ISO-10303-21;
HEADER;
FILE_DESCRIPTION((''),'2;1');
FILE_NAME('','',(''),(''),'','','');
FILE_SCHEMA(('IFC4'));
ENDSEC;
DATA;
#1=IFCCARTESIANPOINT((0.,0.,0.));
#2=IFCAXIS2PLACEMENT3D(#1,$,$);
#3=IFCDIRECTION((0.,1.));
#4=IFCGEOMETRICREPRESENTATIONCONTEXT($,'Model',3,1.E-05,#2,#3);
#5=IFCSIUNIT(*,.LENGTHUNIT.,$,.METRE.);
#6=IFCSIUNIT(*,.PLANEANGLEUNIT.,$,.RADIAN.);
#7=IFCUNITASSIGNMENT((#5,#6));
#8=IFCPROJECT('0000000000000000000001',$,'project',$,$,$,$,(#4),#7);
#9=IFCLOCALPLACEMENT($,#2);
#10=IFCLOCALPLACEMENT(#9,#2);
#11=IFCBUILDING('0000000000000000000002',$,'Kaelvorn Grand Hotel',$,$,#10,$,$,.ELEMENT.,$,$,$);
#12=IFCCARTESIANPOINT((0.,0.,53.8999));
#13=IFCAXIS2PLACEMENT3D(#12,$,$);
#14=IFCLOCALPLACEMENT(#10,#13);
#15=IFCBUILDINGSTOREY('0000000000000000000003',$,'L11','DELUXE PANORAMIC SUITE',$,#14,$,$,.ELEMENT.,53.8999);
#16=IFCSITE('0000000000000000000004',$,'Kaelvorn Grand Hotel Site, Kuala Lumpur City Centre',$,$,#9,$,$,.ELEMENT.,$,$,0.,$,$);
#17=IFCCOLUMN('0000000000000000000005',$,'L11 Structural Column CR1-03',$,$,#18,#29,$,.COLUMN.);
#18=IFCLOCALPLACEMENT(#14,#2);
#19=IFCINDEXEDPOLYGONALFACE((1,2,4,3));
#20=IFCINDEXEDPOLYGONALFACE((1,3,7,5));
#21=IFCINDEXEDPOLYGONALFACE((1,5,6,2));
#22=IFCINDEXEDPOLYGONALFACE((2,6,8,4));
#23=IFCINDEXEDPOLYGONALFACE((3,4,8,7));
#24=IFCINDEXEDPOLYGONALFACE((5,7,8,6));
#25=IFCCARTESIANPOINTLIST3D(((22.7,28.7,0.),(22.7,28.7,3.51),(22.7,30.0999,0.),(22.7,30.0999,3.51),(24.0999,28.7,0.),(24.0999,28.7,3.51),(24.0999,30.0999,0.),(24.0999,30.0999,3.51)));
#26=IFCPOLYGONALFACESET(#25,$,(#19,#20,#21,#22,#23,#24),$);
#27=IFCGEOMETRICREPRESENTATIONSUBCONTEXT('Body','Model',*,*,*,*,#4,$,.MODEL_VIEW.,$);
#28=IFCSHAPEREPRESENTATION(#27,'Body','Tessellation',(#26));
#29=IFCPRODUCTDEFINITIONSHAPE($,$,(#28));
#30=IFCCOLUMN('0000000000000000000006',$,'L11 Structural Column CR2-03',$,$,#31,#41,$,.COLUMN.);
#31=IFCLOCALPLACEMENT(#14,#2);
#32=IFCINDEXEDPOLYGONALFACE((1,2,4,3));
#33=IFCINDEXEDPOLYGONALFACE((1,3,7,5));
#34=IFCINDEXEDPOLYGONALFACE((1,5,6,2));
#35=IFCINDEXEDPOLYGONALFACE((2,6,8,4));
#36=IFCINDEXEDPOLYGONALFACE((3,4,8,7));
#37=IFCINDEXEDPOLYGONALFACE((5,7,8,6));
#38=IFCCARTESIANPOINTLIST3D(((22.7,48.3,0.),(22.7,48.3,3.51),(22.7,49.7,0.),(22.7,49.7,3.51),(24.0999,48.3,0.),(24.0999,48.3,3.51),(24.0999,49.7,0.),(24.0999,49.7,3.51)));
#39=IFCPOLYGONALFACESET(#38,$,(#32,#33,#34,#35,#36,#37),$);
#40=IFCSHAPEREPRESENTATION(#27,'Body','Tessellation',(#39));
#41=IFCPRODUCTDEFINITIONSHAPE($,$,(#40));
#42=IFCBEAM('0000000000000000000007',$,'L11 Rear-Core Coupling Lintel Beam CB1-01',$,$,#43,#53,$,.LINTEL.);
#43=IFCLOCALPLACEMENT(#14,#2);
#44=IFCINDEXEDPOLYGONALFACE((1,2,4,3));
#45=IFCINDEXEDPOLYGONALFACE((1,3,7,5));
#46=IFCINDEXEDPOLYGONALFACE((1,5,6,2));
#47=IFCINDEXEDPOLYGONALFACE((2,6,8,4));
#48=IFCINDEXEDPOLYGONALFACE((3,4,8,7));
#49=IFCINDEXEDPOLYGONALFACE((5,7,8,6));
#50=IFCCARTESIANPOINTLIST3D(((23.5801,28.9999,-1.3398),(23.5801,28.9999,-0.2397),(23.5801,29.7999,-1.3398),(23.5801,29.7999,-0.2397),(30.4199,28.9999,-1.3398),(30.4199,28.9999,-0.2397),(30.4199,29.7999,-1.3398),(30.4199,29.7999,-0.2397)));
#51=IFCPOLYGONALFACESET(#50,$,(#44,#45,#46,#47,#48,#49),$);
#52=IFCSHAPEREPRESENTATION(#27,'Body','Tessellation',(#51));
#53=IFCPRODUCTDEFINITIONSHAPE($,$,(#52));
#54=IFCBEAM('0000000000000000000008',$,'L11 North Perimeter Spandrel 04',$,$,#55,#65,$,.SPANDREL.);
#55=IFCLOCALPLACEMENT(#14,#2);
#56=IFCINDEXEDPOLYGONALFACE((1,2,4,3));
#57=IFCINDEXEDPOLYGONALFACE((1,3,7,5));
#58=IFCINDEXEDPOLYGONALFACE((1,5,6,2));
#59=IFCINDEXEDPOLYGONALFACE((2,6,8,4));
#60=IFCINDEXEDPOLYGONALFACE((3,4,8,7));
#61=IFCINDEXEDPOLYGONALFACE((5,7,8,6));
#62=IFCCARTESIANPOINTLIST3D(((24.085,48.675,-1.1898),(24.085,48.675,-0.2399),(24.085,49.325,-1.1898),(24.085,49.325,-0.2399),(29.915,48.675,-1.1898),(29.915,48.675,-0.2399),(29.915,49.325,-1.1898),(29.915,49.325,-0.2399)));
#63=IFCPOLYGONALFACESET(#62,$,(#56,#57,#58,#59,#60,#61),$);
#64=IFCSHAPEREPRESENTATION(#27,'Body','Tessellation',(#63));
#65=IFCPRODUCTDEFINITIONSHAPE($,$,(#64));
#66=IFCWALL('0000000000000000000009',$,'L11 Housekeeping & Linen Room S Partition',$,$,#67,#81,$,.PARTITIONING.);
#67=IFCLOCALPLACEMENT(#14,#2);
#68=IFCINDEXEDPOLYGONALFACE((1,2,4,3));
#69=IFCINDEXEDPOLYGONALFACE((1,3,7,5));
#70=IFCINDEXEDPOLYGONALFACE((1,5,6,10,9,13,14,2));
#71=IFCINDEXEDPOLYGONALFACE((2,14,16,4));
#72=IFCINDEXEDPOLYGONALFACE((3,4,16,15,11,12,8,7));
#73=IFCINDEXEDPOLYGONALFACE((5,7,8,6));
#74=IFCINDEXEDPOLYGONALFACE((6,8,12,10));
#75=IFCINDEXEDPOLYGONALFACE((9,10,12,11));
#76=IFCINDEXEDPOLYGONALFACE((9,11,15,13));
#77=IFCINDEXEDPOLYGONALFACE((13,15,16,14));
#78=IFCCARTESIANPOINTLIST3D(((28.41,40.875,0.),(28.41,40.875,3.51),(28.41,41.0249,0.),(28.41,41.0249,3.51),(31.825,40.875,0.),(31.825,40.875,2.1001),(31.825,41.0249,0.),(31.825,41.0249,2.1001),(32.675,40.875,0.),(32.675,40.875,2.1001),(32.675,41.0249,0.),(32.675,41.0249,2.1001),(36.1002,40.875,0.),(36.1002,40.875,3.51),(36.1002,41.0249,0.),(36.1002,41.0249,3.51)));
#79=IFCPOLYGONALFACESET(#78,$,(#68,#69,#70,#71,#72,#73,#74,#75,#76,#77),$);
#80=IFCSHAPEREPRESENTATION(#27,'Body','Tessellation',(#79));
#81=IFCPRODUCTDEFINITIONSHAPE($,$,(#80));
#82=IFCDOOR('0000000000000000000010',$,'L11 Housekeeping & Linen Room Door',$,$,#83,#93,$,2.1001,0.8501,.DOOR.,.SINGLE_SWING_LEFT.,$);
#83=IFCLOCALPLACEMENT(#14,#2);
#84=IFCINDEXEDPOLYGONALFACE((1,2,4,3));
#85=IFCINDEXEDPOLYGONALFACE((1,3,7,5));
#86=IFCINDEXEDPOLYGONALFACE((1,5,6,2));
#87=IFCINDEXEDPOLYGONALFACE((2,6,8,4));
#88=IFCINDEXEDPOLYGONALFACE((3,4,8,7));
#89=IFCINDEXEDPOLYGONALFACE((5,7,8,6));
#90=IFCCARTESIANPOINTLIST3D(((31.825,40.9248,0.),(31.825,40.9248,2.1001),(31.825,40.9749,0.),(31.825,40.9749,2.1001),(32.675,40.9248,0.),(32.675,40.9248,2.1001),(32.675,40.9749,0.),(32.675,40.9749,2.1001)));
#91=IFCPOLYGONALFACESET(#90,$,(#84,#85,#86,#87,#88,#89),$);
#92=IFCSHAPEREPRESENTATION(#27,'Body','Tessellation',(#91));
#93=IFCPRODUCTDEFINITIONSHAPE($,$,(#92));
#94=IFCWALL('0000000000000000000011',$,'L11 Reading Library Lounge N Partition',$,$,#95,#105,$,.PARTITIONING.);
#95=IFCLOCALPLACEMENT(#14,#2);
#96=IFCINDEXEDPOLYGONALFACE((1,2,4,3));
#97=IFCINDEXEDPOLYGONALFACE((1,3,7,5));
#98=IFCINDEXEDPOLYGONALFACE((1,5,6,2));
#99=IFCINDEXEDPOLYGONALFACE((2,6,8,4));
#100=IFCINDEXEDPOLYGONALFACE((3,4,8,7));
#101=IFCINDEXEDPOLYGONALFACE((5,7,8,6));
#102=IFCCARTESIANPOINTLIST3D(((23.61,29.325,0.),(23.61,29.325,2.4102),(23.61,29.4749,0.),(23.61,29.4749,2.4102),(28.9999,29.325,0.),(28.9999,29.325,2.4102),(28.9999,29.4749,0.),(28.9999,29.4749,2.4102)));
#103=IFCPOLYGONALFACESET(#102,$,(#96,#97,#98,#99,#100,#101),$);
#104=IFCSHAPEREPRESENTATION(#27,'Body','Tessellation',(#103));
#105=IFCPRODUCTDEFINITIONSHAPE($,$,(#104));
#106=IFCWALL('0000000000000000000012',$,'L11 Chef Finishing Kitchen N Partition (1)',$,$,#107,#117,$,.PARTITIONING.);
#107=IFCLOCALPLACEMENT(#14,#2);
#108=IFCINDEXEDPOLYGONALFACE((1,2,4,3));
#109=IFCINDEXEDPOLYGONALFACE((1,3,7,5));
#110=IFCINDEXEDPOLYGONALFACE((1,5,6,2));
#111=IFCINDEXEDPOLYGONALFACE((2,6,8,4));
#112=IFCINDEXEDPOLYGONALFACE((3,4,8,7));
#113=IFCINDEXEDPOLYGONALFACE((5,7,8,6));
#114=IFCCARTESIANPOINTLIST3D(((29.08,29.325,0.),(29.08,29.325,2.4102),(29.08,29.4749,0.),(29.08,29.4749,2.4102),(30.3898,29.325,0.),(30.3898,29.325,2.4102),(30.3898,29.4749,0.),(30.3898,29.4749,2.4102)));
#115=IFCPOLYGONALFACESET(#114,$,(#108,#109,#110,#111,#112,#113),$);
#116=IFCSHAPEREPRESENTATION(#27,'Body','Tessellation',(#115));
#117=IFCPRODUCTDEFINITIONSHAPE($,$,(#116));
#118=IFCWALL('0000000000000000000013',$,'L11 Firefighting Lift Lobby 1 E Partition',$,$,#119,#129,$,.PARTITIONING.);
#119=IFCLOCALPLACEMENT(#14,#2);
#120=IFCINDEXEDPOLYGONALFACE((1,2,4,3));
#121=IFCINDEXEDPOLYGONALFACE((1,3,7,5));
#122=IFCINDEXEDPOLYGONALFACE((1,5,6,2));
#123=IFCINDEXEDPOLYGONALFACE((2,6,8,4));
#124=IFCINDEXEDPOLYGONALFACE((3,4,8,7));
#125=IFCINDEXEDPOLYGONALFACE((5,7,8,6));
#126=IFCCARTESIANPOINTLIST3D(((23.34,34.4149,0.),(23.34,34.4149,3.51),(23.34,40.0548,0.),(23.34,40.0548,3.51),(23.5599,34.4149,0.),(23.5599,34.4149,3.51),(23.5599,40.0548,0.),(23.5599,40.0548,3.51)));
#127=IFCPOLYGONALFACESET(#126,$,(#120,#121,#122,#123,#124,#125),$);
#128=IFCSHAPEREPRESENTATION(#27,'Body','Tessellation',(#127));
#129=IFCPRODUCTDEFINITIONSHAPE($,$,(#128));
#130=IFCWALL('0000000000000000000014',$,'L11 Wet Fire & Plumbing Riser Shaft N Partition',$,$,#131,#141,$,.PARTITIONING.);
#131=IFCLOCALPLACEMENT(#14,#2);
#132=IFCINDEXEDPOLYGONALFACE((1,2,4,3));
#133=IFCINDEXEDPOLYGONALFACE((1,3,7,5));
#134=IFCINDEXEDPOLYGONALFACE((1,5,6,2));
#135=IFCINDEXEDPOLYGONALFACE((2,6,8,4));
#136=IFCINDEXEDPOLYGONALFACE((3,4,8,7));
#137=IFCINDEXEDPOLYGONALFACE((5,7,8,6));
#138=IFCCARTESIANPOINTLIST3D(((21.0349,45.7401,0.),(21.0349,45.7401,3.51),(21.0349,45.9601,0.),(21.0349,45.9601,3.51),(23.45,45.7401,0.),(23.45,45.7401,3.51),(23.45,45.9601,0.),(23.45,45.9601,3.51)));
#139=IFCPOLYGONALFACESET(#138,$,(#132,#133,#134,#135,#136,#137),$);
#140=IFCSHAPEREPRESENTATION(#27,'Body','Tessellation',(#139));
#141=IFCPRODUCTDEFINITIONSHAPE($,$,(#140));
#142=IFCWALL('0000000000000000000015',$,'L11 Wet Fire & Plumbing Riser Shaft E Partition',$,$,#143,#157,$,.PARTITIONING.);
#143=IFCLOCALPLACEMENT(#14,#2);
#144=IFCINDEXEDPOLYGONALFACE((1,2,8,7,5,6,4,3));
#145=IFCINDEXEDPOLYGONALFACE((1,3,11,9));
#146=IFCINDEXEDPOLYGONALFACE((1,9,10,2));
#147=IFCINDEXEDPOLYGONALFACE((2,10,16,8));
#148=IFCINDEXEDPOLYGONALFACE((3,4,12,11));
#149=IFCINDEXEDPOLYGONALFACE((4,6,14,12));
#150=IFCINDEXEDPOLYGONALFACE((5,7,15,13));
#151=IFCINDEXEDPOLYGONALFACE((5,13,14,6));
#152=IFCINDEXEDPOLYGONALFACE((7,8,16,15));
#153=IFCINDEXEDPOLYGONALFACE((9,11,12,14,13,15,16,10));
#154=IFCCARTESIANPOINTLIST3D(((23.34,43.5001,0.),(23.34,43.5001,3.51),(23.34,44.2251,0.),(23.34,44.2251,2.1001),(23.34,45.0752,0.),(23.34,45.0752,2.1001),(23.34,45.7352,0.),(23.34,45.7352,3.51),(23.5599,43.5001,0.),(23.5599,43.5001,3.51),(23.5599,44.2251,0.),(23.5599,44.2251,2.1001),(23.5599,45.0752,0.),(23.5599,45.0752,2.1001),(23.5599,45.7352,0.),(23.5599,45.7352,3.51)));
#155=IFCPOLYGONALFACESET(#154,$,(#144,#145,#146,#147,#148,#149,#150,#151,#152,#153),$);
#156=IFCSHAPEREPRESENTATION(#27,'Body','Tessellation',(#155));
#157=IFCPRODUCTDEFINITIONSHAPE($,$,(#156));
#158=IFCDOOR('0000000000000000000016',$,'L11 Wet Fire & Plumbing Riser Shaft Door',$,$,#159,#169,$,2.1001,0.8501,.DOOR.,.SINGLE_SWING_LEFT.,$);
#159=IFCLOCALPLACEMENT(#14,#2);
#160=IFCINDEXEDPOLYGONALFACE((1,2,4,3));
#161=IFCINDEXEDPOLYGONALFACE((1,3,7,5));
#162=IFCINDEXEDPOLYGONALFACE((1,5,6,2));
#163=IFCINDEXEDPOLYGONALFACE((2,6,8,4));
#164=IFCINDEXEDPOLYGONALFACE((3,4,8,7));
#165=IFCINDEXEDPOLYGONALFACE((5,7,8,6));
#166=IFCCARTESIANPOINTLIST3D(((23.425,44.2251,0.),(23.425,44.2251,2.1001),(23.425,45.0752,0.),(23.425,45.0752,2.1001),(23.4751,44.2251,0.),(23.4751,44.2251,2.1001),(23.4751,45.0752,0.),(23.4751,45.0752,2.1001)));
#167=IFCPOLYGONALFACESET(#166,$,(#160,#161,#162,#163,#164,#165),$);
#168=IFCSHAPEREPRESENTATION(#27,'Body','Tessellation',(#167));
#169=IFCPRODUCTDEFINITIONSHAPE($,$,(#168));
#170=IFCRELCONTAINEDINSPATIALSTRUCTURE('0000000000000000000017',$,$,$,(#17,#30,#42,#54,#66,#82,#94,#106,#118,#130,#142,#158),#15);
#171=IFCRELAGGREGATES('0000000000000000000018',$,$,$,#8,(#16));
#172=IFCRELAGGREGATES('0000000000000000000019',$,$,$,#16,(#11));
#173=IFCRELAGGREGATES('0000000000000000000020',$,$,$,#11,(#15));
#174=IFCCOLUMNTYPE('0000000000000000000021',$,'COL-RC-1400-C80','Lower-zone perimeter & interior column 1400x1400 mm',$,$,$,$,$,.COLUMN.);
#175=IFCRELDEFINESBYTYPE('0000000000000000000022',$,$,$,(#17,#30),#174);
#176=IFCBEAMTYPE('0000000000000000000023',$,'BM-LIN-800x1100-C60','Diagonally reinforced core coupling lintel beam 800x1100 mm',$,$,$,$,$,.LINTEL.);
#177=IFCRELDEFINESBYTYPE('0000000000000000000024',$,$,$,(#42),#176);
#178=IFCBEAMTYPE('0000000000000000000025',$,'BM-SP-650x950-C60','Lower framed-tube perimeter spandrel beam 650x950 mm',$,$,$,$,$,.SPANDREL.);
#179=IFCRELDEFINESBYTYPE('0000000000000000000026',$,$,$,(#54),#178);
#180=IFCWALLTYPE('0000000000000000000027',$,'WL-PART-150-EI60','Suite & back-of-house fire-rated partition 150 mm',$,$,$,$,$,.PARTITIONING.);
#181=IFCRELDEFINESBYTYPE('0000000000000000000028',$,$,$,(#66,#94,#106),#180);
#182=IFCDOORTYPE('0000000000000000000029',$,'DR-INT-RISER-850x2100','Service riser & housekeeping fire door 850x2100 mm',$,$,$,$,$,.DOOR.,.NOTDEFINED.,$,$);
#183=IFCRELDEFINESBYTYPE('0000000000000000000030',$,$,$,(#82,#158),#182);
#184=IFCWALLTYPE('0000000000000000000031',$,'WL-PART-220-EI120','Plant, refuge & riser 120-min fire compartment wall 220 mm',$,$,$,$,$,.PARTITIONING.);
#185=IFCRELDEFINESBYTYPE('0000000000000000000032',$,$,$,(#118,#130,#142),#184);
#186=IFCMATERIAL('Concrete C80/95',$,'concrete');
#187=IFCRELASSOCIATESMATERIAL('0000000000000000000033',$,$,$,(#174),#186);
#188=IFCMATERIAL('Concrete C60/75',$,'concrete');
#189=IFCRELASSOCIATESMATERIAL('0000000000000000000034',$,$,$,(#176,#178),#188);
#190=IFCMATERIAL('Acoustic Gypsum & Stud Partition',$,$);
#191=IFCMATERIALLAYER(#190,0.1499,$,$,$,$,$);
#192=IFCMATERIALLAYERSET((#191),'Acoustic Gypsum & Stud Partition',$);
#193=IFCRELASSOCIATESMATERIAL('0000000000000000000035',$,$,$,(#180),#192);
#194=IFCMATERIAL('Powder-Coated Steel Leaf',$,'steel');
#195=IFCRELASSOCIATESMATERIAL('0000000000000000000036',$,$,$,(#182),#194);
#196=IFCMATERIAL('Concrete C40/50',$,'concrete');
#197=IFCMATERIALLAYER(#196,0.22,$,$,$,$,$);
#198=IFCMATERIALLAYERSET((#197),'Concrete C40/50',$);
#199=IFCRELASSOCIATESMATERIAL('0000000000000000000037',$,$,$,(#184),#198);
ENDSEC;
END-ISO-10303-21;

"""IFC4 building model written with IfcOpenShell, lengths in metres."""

from ifc_helpers import new_model, si_unit, direction, frame, frame_2d, origin, origin_2d, place, context, subcontext, project, spatial, rectangle, extrude, material, layer, layer_set, material_profile, profile_set, type_object, element, fill, save


model = new_model("IFC4")

# Units and contexts
model_context = context("Model", 3, precision=1e-05, world=origin(), true_north=direction((0.0, 1.0)))
body_context = subcontext(model_context, "Body", "Model", "MODEL_VIEW")
ifc_project = project(units=[si_unit("LENGTHUNIT", "METRE"), si_unit("PLANEANGLEUNIT", "RADIAN")], contexts=[model_context])

# Site, building, storey
site_placement = place(None, origin())
site = spatial("IfcSite", under=ifc_project, at=site_placement, Name="Kaelvorn Grand Hotel Site, Kuala Lumpur City Centre", CompositionType="ELEMENT", RefElevation=0.0)
building_placement = place(site_placement, origin())
building = spatial("IfcBuilding", under=site, at=building_placement, Name="Kaelvorn Grand Hotel", CompositionType="ELEMENT")
storey_placement = place(building_placement, frame((0.0, 0.0, 53.8999)))
storey = spatial("IfcBuildingStorey", under=building, at=storey_placement, Name="L11", Description="DELUXE PANORAMIC SUITE", CompositionType="ELEMENT", Elevation=53.8999)

# Columns
ifc_material_1 = material(Name="Concrete C80/95", Category="concrete")
ifc_material_profile_1 = material_profile(ifc_material_1, rectangle(XDim=1.3999, YDim=1.3999, at=origin_2d()), Name="RC COL 1400x1400")
ifc_profile_set_1 = profile_set([ifc_material_profile_1], Name="Concrete C80/95")
column_type = type_object("IfcColumnType", Name="COL-RC-1400-C80", Description="Lower-zone perimeter & interior column 1400x1400 mm", PredefinedType="COLUMN", material=ifc_profile_set_1)
for number, where, z_axis, x_axis, name in (
    (1, (23.3999, 29.3999, 0.0), (0.0, 0.0, 1.0), (1.0, 0.0, 0.0), "L11 Structural Column CR1-03"),
    (2, (23.3999, 49.0, 0.0), (0.0, 0.0, 1.0), (1.0, 0.0, 0.0), "L11 Structural Column CR2-03"),
):
    element("IfcColumn", number, at=place(storey_placement, frame(where, z_axis=z_axis, x_axis=x_axis)), inside=storey, type_object=column_type, Name=name, PredefinedType="COLUMN", context=body_context, shape_type="SweptSolid", body=[
        extrude(rectangle(XDim=1.3999, YDim=1.3999, at=origin_2d()), origin(), (0.0, 0.0, 1.0), 3.51),
    ])

# Beams
ifc_material_2 = material(Name="Concrete C60/75", Category="concrete")
ifc_material_profile_2 = material_profile(ifc_material_2, rectangle(XDim=0.8, YDim=1.1001, at=origin_2d()), Name="RC LINTEL 800x1100")
ifc_profile_set_2 = profile_set([ifc_material_profile_2], Name="Concrete C60/75")
beam_type_1 = type_object("IfcBeamType", Name="BM-LIN-800x1100-C60", Description="Diagonally reinforced core coupling lintel beam 800x1100 mm", PredefinedType="LINTEL", material=ifc_profile_set_2)
beam_1_placement = place(storey_placement, frame((23.5801, 29.3999, -0.7898), z_axis=(1.0, 0.0, 0.0), x_axis=(0.0, 1.0, 0.0)))
element("IfcBeam", 3, at=beam_1_placement, inside=storey, type_object=beam_type_1, Name="L11 Rear-Core Coupling Lintel Beam CB1-01", PredefinedType="LINTEL", context=body_context, shape_type="SweptSolid", body=[
    extrude(rectangle(XDim=0.8, YDim=1.1001, at=origin_2d()), origin(), (0.0, 0.0, 1.0), 6.8398),
])
ifc_material_profile_3 = material_profile(ifc_material_2, rectangle(XDim=0.6499, YDim=0.95, at=origin_2d()), Name="RC SPANDREL 650x950")
ifc_profile_set_3 = profile_set([ifc_material_profile_3], Name="Concrete C60/75")
beam_type_2 = type_object("IfcBeamType", Name="BM-SP-650x950-C60", Description="Lower framed-tube perimeter spandrel beam 650x950 mm", PredefinedType="SPANDREL", material=ifc_profile_set_3)
beam_2_placement = place(storey_placement, frame((24.085, 49.0, -0.7148), z_axis=(1.0, 0.0, 0.0), x_axis=(0.0, 1.0, 0.0)))
element("IfcBeam", 4, at=beam_2_placement, inside=storey, type_object=beam_type_2, Name="L11 North Perimeter Spandrel 04", PredefinedType="SPANDREL", context=body_context, shape_type="SweptSolid", body=[
    extrude(rectangle(XDim=0.6499, YDim=0.95, at=origin_2d()), origin(), (0.0, 0.0, 1.0), 5.8301),
])

# Wall, opening, door
ifc_material_3 = material(Name="Acoustic Gypsum & Stud Partition")
ifc_layer_1 = layer(ifc_material_3, 0.1499)
ifc_layer_set_1 = layer_set([ifc_layer_1], Name="Acoustic Gypsum & Stud Partition")
wall_type_1 = type_object("IfcWallType", Name="WL-PART-150-EI60", Description="Suite & back-of-house fire-rated partition 150 mm", PredefinedType="PARTITIONING", material=ifc_layer_set_1)
wall_1_placement = place(storey_placement, frame((28.4099, 40.95, 0.0), z_axis=(0.0, 0.0, 1.0), x_axis=(1.0, 0.0, 0.0)))
wall_1 = element("IfcWall", 5, at=wall_1_placement, inside=storey, type_object=wall_type_1, Name="L11 Housekeeping & Linen Room S Partition", PredefinedType="PARTITIONING", context=body_context, shape_type="SweptSolid", body=[
    extrude(rectangle(XDim=7.6902, YDim=0.1499, at=frame_2d((3.8452, 0.0))), origin(), (0.0, 0.0, 1.0), 3.51),
])
opening_1_placement = place(wall_1_placement, frame((3.415, 0.0, 0.0)))
opening_1 = element("IfcOpeningElement", 6, at=opening_1_placement, cuts=wall_1, PredefinedType="OPENING", context=body_context, shape_type="SweptSolid", body=[
    extrude(rectangle(XDim=0.8501, YDim=2.1001, at=frame_2d((0.425, 1.05))), frame((0.0, 0.085, 0.0), z_axis=(0.0, -1.0, 0.0), x_axis=(1.0, 0.0, 0.0)), (0.0, 0.0, 1.0), 0.1699),
])
ifc_material_4 = material(Name="Powder-Coated Steel Leaf", Category="steel")
door_type_1 = type_object("IfcDoorType", Name="DR-INT-RISER-850x2100", Description="Service riser & housekeeping fire door 850x2100 mm", OperationType="NOTDEFINED", PredefinedType="DOOR", material=ifc_material_4)
door_1_placement = place(opening_1_placement, origin())
door_1 = element("IfcDoor", 7, at=door_1_placement, inside=storey, type_object=door_type_1, Name="L11 Housekeeping & Linen Room Door", OperationType="SINGLE_SWING_LEFT", OverallHeight=2.1001, OverallWidth=0.8501, PredefinedType="DOOR", context=body_context, shape_type="SweptSolid", body=[
    extrude(rectangle(XDim=0.8501, YDim=2.1001, at=frame_2d((0.425, 1.05))), frame((0.0, 0.0249, 0.0), z_axis=(0.0, -1.0, 0.0), x_axis=(1.0, 0.0, 0.0)), (0.0, 0.0, 1.0), 0.05),
])
fill(opening_1, door_1)

# Walls
wall_2_placement = place(storey_placement, frame((23.6101, 29.3999, 0.0), z_axis=(0.0, 0.0, 1.0), x_axis=(1.0, 0.0, 0.0)))
element("IfcWall", 8, at=wall_2_placement, inside=storey, type_object=wall_type_1, Name="L11 Reading Library Lounge N Partition", PredefinedType="PARTITIONING", context=body_context, shape_type="SweptSolid", body=[
    extrude(rectangle(XDim=5.3899, YDim=0.1499, at=frame_2d((2.6948, 0.0))), origin(), (0.0, 0.0, 1.0), 2.4102),
])
wall_3_placement = place(storey_placement, frame((29.0801, 29.3999, 0.0), z_axis=(0.0, 0.0, 1.0), x_axis=(1.0, 0.0, 0.0)))
element("IfcWall", 9, at=wall_3_placement, inside=storey, type_object=wall_type_1, Name="L11 Chef Finishing Kitchen N Partition (1)", PredefinedType="PARTITIONING", context=body_context, shape_type="SweptSolid", body=[
    extrude(rectangle(XDim=1.3098, YDim=0.1499, at=frame_2d((0.6548, 0.0))), origin(), (0.0, 0.0, 1.0), 2.4102),
])
ifc_material_5 = material(Name="Concrete C40/50", Category="concrete")
ifc_layer_2 = layer(ifc_material_5, 0.22)
ifc_layer_set_2 = layer_set([ifc_layer_2], Name="Concrete C40/50")
wall_type_2 = type_object("IfcWallType", Name="WL-PART-220-EI120", Description="Plant, refuge & riser 120-min fire compartment wall 220 mm", PredefinedType="PARTITIONING", material=ifc_layer_set_2)
wall_4_placement = place(storey_placement, frame((23.45, 34.415, 0.0), z_axis=(0.0, 0.0, 1.0), x_axis=(0.0, 1.0, 0.0)))
element("IfcWall", 10, at=wall_4_placement, inside=storey, type_object=wall_type_2, Name="L11 Firefighting Lift Lobby 1 E Partition", PredefinedType="PARTITIONING", context=body_context, shape_type="SweptSolid", body=[
    extrude(rectangle(XDim=5.6399, YDim=0.22, at=frame_2d((2.8198, 0.0))), origin(), (0.0, 0.0, 1.0), 3.51),
])
wall_5_placement = place(storey_placement, frame((21.0349, 45.8501, 0.0), z_axis=(0.0, 0.0, 1.0), x_axis=(1.0, 0.0, 0.0)))
element("IfcWall", 11, at=wall_5_placement, inside=storey, type_object=wall_type_2, Name="L11 Wet Fire & Plumbing Riser Shaft N Partition", PredefinedType="PARTITIONING", context=body_context, shape_type="SweptSolid", body=[
    extrude(rectangle(XDim=2.415, YDim=0.22, at=frame_2d((1.2075, 0.0))), origin(), (0.0, 0.0, 1.0), 3.51),
])

# Wall, opening, door
wall_6_placement = place(storey_placement, frame((23.45, 43.5, 0.0), z_axis=(0.0, 0.0, 1.0), x_axis=(0.0, 1.0, 0.0)))
wall_6 = element("IfcWall", 12, at=wall_6_placement, inside=storey, type_object=wall_type_2, Name="L11 Wet Fire & Plumbing Riser Shaft E Partition", PredefinedType="PARTITIONING", context=body_context, shape_type="SweptSolid", body=[
    extrude(rectangle(XDim=2.2351, YDim=0.22, at=frame_2d((1.1177, 0.0))), origin(), (0.0, 0.0, 1.0), 3.51),
])
opening_2_placement = place(wall_6_placement, frame((0.7251, 0.0, 0.0)))
opening_2 = element("IfcOpeningElement", 13, at=opening_2_placement, cuts=wall_6, PredefinedType="OPENING", context=body_context, shape_type="SweptSolid", body=[
    extrude(rectangle(XDim=0.8501, YDim=2.1001, at=frame_2d((0.425, 1.05))), frame((0.0, 0.1201, 0.0), z_axis=(0.0, -1.0, 0.0), x_axis=(1.0, 0.0, 0.0)), (0.0, 0.0, 1.0), 0.24),
])
door_2_placement = place(opening_2_placement, origin())
door_2 = element("IfcDoor", 14, at=door_2_placement, inside=storey, type_object=door_type_1, Name="L11 Wet Fire & Plumbing Riser Shaft Door", OperationType="SINGLE_SWING_LEFT", OverallHeight=2.1001, OverallWidth=0.8501, PredefinedType="DOOR", context=body_context, shape_type="SweptSolid", body=[
    extrude(rectangle(XDim=0.8501, YDim=2.1001, at=frame_2d((0.425, 1.05))), frame((0.0, 0.0249, 0.0), z_axis=(0.0, -1.0, 0.0), x_axis=(1.0, 0.0, 0.0)), (0.0, 0.0, 1.0), 0.05),
])
fill(opening_2, door_2)

save(model, "model.ifc")
